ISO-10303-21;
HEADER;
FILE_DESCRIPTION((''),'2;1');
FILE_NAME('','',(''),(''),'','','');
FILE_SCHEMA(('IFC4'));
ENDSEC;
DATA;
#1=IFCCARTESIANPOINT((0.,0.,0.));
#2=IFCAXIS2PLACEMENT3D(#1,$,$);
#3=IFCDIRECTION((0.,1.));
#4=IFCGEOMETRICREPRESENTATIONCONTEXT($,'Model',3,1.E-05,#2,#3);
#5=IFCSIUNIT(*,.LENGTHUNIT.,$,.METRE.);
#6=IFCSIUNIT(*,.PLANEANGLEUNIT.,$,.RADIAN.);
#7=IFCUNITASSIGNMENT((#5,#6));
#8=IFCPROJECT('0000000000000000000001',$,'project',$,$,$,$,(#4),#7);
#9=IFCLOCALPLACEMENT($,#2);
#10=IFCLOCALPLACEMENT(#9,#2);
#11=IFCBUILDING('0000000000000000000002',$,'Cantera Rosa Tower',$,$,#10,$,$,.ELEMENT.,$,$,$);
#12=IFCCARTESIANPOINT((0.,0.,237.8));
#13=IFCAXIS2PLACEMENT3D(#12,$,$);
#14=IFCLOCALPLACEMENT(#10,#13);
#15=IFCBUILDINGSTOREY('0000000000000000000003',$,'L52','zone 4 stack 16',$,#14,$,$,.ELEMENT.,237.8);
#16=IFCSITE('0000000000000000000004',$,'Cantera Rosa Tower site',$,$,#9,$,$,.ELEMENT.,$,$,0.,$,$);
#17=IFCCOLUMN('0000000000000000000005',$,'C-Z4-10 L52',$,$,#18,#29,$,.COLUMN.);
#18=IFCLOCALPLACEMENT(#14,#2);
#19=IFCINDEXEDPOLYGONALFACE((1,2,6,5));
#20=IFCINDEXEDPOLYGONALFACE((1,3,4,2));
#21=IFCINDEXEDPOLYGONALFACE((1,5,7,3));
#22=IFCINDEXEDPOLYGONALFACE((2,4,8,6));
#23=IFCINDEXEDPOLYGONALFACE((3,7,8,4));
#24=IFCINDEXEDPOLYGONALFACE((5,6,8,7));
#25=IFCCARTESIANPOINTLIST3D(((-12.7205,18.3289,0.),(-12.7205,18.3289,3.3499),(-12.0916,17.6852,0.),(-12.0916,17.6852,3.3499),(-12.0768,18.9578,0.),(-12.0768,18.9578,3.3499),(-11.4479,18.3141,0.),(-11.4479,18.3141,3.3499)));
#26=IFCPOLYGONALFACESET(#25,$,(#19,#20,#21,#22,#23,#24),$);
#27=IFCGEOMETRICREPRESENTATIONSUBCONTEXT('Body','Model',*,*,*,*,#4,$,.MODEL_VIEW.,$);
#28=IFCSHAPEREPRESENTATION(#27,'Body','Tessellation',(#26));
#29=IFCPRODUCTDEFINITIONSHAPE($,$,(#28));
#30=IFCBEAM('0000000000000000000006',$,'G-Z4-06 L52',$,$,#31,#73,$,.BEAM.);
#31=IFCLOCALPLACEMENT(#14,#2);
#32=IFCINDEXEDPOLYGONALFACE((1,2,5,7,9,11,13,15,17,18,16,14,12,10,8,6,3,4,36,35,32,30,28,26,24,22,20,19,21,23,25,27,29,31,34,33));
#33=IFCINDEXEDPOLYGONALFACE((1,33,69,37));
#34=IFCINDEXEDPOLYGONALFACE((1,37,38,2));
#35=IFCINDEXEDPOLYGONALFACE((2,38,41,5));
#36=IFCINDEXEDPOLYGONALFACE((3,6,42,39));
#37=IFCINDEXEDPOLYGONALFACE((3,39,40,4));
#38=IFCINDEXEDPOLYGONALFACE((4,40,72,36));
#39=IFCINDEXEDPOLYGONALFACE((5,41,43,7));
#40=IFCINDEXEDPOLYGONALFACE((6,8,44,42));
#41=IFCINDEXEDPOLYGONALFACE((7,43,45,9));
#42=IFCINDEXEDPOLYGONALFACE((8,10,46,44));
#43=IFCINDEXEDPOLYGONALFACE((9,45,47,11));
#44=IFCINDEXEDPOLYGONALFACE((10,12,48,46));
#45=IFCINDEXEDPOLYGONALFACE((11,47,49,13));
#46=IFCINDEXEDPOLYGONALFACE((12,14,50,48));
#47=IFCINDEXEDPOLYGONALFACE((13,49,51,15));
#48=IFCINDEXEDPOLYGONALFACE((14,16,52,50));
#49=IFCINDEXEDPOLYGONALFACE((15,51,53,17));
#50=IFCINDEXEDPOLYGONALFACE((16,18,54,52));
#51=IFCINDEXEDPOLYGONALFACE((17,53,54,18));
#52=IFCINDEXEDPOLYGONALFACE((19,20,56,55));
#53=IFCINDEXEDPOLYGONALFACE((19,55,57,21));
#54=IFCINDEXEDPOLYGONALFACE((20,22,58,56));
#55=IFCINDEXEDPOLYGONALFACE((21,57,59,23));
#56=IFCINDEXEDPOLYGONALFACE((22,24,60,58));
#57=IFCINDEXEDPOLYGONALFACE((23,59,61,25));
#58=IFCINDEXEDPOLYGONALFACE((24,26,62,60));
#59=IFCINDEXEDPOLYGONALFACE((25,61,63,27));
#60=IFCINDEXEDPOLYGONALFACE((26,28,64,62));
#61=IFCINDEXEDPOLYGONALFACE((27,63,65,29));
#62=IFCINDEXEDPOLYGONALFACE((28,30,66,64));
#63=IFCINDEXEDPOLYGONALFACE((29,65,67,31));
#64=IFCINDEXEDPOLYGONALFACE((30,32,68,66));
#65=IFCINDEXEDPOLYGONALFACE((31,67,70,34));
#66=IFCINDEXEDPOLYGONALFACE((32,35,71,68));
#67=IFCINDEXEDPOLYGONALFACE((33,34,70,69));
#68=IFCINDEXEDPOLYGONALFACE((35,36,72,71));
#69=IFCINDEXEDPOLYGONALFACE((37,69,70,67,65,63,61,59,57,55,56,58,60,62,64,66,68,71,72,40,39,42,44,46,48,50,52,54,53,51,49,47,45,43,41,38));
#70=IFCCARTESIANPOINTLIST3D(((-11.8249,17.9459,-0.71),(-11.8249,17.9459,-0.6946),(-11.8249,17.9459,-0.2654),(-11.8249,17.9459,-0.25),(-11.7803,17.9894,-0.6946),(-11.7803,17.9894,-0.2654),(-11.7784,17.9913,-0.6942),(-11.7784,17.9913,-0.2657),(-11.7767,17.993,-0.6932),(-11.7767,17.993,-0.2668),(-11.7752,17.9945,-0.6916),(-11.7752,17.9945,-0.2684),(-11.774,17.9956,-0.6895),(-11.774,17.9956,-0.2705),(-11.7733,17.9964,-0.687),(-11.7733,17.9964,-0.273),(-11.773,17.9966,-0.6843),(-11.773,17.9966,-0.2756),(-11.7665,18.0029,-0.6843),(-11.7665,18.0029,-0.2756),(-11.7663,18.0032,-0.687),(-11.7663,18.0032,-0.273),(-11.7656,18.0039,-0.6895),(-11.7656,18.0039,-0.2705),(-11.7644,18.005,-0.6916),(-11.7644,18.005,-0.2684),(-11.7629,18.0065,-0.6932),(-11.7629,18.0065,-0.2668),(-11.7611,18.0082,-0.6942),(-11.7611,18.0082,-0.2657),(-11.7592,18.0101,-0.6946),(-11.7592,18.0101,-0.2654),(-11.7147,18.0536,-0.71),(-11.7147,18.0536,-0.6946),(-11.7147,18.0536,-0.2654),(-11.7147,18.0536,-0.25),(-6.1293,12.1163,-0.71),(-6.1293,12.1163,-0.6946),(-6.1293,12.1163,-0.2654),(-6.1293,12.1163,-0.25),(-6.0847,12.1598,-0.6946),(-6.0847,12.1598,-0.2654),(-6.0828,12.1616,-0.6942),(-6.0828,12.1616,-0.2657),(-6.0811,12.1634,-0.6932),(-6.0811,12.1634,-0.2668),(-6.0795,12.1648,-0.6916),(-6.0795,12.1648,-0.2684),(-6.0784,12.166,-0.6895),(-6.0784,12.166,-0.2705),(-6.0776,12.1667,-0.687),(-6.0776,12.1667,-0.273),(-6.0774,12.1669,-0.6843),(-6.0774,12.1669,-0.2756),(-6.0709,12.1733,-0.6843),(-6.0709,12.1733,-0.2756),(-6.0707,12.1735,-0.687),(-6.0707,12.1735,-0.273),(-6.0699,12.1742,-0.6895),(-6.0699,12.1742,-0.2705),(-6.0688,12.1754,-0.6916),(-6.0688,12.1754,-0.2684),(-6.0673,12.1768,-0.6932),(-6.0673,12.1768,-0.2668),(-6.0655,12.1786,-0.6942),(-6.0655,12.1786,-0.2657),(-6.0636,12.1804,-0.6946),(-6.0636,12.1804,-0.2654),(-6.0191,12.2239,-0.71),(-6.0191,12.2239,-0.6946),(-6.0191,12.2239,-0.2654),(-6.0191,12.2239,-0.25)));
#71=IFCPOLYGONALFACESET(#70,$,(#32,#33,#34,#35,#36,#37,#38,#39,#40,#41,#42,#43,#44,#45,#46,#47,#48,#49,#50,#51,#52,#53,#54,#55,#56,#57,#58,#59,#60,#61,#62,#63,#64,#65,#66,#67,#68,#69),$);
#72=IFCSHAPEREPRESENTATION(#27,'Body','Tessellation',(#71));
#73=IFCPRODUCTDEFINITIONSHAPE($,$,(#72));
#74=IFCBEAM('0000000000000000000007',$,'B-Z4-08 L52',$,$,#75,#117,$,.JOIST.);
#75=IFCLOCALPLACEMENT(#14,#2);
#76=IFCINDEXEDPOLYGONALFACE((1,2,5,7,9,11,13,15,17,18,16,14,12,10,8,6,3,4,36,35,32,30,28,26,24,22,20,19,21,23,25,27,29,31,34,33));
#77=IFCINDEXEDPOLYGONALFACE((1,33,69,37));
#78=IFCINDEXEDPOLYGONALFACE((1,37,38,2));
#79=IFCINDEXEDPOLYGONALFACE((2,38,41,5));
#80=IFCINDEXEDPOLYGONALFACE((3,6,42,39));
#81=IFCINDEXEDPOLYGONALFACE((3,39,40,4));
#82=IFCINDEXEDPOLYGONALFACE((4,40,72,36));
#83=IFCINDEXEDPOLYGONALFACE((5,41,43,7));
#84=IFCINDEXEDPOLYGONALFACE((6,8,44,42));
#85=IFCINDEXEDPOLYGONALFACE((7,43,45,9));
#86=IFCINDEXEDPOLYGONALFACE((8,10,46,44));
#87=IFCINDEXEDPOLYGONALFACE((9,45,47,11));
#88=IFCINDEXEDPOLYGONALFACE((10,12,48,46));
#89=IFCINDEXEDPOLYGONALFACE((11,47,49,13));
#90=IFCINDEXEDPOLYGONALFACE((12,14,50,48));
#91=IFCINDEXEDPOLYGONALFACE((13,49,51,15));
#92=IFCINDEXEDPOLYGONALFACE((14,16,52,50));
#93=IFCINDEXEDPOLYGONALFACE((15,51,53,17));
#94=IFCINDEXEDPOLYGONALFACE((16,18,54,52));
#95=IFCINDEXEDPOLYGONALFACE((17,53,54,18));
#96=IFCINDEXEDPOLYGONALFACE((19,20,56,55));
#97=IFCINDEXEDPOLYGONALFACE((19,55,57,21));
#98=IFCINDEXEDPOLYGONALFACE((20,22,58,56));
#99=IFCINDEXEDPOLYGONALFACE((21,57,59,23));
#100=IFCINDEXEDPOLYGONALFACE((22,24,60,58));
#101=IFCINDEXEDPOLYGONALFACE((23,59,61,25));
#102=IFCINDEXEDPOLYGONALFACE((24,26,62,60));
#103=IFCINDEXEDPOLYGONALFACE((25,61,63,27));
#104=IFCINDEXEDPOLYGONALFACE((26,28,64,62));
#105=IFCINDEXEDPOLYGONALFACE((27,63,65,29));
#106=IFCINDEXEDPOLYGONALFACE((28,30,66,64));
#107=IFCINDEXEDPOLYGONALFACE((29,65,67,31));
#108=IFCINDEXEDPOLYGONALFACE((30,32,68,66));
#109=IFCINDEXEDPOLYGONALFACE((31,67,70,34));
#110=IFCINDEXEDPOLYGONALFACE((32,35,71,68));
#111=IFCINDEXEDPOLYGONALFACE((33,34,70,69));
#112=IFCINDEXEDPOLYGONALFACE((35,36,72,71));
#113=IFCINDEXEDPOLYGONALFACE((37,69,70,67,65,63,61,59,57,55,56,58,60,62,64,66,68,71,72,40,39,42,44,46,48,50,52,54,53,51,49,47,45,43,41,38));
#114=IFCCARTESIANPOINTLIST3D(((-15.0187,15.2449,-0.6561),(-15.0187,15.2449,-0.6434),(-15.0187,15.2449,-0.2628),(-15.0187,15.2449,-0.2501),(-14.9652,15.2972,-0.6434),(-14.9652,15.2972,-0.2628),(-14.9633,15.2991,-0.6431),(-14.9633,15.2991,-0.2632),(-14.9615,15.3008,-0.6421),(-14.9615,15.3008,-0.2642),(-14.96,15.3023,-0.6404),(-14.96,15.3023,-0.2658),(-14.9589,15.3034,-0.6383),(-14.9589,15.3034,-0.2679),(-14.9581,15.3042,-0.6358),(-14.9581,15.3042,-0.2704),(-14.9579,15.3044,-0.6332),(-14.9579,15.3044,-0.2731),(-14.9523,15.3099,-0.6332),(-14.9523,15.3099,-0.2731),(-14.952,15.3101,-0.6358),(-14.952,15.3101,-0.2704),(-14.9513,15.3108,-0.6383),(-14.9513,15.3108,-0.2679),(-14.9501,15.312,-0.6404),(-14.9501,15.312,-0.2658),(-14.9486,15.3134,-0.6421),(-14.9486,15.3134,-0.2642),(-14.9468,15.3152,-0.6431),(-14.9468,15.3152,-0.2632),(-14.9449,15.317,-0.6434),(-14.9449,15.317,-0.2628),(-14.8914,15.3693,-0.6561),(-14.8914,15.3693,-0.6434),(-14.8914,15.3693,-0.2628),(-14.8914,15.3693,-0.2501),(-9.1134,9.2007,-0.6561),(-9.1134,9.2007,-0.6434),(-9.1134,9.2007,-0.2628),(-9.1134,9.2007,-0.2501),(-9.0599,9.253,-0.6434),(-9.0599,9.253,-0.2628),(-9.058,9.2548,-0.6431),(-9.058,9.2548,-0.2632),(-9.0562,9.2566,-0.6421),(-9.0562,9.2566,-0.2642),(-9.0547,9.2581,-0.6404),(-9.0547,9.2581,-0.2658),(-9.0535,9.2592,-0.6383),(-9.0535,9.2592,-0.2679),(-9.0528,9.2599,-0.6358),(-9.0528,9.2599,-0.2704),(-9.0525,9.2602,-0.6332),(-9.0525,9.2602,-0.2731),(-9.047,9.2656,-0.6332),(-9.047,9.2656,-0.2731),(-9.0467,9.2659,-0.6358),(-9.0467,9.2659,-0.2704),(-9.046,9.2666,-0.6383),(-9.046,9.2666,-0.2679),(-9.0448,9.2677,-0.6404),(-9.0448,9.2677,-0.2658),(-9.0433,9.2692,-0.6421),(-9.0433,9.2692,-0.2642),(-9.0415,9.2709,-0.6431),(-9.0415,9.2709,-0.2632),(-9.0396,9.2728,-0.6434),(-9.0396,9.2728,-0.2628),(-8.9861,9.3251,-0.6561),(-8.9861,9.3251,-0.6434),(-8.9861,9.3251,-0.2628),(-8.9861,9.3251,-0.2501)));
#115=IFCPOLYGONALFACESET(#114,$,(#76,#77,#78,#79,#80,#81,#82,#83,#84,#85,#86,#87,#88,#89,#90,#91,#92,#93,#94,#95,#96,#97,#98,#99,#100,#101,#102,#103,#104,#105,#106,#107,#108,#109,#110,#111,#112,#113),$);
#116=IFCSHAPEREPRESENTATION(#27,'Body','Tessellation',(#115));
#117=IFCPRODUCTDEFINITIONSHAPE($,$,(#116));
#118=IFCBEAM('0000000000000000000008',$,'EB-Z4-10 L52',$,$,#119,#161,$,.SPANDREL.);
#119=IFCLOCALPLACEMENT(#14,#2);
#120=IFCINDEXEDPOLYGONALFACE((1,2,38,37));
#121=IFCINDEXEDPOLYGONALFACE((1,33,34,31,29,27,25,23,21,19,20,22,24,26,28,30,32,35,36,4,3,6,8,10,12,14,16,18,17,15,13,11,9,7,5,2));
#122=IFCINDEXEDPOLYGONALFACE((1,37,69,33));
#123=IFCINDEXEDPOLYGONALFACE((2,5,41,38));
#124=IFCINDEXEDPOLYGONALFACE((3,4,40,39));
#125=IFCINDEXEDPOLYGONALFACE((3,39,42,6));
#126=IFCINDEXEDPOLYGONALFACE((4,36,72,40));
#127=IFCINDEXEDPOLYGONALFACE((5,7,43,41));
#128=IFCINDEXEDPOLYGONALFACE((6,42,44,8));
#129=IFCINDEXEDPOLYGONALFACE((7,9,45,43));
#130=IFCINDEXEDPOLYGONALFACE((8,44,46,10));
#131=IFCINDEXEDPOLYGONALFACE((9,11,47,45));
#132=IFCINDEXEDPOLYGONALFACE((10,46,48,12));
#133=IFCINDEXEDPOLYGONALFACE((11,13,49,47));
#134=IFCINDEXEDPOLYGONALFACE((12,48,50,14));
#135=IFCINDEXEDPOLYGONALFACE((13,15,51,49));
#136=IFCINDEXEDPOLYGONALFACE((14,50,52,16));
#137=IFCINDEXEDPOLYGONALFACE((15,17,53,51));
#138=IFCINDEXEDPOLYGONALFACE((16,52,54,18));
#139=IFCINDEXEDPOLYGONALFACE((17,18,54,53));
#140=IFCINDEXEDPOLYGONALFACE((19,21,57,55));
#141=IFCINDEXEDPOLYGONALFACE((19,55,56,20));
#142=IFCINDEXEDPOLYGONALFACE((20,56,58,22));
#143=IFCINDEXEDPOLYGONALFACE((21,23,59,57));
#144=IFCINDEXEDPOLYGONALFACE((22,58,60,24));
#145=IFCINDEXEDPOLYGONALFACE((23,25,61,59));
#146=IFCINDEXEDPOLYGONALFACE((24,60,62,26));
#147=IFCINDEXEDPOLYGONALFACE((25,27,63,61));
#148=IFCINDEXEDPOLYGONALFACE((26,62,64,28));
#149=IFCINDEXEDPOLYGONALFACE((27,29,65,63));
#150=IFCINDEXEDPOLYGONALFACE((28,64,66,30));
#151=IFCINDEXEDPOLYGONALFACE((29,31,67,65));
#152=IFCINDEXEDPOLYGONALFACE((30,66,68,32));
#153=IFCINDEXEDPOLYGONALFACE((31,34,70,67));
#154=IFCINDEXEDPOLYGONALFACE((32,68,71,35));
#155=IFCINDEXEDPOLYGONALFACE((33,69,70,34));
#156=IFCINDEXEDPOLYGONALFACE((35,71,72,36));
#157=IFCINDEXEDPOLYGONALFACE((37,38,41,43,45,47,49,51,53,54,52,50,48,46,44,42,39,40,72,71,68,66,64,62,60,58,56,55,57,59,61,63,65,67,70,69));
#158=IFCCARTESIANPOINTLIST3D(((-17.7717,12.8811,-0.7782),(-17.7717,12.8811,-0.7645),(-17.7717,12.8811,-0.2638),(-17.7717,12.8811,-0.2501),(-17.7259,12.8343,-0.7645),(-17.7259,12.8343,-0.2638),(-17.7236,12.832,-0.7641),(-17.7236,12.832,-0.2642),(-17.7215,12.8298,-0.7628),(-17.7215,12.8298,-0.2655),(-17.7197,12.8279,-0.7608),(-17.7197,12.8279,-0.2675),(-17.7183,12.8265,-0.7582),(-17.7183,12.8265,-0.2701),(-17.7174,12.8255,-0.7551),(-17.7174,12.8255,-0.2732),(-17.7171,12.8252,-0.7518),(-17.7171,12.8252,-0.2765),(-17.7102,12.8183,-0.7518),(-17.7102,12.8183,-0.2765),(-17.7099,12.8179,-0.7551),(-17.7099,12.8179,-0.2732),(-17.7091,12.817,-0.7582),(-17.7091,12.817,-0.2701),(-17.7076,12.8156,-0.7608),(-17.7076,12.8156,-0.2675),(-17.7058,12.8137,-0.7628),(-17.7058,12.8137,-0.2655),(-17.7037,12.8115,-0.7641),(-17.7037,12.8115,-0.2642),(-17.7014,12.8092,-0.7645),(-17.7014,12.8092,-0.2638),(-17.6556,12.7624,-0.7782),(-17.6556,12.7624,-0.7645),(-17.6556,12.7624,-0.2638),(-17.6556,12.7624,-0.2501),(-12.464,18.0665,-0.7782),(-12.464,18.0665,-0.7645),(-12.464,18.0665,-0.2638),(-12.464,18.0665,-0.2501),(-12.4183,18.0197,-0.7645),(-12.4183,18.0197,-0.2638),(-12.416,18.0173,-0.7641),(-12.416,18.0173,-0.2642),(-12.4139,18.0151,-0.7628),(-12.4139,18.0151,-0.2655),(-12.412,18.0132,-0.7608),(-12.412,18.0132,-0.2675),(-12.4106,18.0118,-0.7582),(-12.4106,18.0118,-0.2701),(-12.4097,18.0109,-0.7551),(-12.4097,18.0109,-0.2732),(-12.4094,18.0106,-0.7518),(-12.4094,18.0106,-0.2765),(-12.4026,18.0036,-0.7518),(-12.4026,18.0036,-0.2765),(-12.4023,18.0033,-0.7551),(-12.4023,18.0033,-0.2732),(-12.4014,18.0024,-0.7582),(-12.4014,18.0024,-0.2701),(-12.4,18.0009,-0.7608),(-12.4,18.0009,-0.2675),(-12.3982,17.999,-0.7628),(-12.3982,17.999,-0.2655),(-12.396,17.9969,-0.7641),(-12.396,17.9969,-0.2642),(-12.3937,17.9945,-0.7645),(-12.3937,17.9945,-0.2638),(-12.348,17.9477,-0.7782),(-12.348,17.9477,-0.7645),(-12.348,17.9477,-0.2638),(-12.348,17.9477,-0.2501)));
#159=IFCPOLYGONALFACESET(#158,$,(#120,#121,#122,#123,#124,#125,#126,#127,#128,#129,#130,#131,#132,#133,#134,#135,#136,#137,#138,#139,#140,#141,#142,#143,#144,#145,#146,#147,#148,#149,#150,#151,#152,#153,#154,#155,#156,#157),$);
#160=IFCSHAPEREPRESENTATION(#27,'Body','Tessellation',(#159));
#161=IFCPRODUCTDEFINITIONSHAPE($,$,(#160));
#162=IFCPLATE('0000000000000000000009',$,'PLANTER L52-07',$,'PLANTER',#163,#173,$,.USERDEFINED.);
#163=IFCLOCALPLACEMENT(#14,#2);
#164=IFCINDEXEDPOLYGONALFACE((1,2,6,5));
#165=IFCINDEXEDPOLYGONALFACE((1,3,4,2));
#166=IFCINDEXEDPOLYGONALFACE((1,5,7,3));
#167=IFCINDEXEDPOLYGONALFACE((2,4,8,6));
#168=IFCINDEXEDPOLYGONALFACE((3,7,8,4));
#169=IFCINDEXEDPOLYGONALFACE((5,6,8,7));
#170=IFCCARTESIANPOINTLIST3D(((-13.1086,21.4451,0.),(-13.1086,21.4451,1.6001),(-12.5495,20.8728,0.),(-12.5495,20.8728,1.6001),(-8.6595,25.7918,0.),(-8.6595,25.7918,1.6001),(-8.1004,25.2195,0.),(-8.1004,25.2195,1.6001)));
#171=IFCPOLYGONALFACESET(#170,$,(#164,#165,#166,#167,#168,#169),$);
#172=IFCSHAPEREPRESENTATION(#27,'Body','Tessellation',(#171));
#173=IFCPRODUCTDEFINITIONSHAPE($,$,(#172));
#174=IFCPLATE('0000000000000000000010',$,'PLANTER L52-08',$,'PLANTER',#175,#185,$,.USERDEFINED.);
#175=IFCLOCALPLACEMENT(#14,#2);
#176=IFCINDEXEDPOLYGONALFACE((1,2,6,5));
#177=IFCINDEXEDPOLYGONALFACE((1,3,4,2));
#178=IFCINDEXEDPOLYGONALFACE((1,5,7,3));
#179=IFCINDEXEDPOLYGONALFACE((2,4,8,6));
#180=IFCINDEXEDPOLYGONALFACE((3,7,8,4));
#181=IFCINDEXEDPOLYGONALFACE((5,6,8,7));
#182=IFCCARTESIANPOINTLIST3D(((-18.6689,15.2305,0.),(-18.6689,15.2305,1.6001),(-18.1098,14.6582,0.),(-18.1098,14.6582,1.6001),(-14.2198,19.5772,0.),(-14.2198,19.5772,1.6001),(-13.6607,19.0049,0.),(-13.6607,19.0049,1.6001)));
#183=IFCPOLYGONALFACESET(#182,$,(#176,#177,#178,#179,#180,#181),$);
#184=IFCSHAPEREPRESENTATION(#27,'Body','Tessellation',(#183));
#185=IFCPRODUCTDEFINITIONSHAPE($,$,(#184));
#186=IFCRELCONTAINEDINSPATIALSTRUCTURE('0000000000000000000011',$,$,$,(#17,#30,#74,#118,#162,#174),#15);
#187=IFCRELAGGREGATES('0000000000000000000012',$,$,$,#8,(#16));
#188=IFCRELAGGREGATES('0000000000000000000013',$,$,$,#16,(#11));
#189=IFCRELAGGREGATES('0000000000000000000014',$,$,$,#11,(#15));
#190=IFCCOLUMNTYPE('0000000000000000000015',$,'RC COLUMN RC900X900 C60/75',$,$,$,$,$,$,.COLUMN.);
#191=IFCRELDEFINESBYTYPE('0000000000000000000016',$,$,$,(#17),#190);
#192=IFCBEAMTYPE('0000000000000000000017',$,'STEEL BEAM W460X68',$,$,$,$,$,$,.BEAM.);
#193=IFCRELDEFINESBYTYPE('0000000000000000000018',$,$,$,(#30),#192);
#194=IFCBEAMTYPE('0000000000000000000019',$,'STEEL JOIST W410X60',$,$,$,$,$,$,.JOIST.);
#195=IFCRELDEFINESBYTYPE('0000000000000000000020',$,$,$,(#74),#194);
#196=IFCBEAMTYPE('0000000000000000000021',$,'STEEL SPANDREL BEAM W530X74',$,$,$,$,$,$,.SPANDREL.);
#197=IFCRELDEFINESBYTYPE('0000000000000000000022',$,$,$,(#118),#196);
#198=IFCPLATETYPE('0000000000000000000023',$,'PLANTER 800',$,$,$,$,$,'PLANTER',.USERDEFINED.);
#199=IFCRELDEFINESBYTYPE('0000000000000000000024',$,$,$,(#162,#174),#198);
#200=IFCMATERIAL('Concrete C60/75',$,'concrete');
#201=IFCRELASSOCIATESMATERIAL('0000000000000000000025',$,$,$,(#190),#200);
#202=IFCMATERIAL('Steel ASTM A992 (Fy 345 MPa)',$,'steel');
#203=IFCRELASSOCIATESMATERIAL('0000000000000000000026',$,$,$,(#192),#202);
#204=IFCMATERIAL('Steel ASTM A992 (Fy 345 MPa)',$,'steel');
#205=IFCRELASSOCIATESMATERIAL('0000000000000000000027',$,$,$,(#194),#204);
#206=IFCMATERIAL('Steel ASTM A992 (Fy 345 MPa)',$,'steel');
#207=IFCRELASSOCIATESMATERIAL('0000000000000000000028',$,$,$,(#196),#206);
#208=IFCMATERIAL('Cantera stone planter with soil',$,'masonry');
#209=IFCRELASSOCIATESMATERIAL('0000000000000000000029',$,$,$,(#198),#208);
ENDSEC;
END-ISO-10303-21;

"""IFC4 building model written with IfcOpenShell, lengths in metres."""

from ifc_helpers import new_model, si_unit, direction, frame, origin, origin_2d, place, context, subcontext, project, spatial, rectangle, i_section, extrude, material, material_profile, profile_set, type_object, element, save


model = new_model("IFC4")

# Units and contexts
model_context = context("Model", 3, precision=1e-05, world=origin(), true_north=direction((0.0, 1.0)))
body_context = subcontext(model_context, "Body", "Model", "MODEL_VIEW")
ifc_project = project(units=[si_unit("LENGTHUNIT", "METRE"), si_unit("PLANEANGLEUNIT", "RADIAN")], contexts=[model_context])

# Site, building, storey
site_placement = place(None, origin())
site = spatial("IfcSite", under=ifc_project, at=site_placement, Name="Cantera Rosa Tower site", CompositionType="ELEMENT", RefElevation=0.0)
building_placement = place(site_placement, origin())
building = spatial("IfcBuilding", under=site, at=building_placement, Name="Cantera Rosa Tower", CompositionType="ELEMENT")
storey_placement = place(building_placement, frame((0.0, 0.0, 237.8)))
storey = spatial("IfcBuildingStorey", under=building, at=storey_placement, Name="L52", Description="zone 4 stack 16", CompositionType="ELEMENT", Elevation=237.8)

# Column
ifc_material_1 = material(Name="Concrete C60/75", Category="concrete")
ifc_material_profile_1 = material_profile(ifc_material_1, rectangle(XDim=0.8999, YDim=0.8999, at=origin_2d()), Name="RC COLUMN RC900X900 C60/75")
ifc_profile_set_1 = profile_set([ifc_material_profile_1], Name="Concrete C60/75")
column_type = type_object("IfcColumnType", Name="RC COLUMN RC900X900 C60/75", PredefinedType="COLUMN", material=ifc_profile_set_1)
column_placement = place(storey_placement, frame((-12.0842, 18.3215, 0.0), z_axis=(0.0, 0.0, 1.0), x_axis=(0.715286, 0.698832, 0.0)))
element("IfcColumn", 1, at=column_placement, inside=storey, type_object=column_type, Name="C-Z4-10 L52", PredefinedType="COLUMN", context=body_context, shape_type="SweptSolid", body=[
    extrude(rectangle(XDim=0.8999, YDim=0.8999, at=origin_2d()), origin(), (0.0, 0.0, 1.0), 3.3499),
])

# Beams
ifc_material_2 = material(Name="Steel ASTM A992 (Fy 345 MPa)", Category="steel")
ifc_material_profile_2 = material_profile(ifc_material_2, i_section(OverallWidth=0.1541, OverallDepth=0.46, WebThickness=0.009, FlangeThickness=0.0154, FilletRadius=0.0103, at=origin_2d()), Name="W460X68")
ifc_profile_set_2 = profile_set([ifc_material_profile_2], Name="Steel ASTM A992 (Fy 345 MPa)")
beam_type_1 = type_object("IfcBeamType", Name="STEEL BEAM W460X68", PredefinedType="BEAM", material=ifc_profile_set_2)
beam_1_placement = place(storey_placement, frame((-11.7698, 17.9998, -0.48), z_axis=(0.698836, -0.715282, 0.0), x_axis=(0.715282, 0.698836, 0.0)))
element("IfcBeam", 2, at=beam_1_placement, inside=storey, type_object=beam_type_1, Name="G-Z4-06 L52", PredefinedType="BEAM", context=body_context, shape_type="SweptSolid", body=[
    extrude(i_section(OverallWidth=0.1541, OverallDepth=0.46, WebThickness=0.009, FlangeThickness=0.0154, FilletRadius=0.0103, at=origin_2d()), origin(), (0.0, 0.0, 1.0), 8.1501),
])
ifc_material_3 = material(Name="Steel ASTM A992 (Fy 345 MPa)", Category="steel")
ifc_material_profile_3 = material_profile(ifc_material_3, i_section(OverallWidth=0.178, OverallDepth=0.406, WebThickness=0.0078, FlangeThickness=0.0127, FilletRadius=0.0103, at=origin_2d()), Name="W410X60")
ifc_profile_set_3 = profile_set([ifc_material_profile_3], Name="Steel ASTM A992 (Fy 345 MPa)")
beam_type_2 = type_object("IfcBeamType", Name="STEEL JOIST W410X60", PredefinedType="JOIST", material=ifc_profile_set_3)
beam_2_placement = place(storey_placement, frame((-14.9551, 15.3071, -0.4531), z_axis=(0.698839, -0.715279, 0.0), x_axis=(0.715279, 0.698839, 0.0)))
element("IfcBeam", 3, at=beam_2_placement, inside=storey, type_object=beam_type_2, Name="B-Z4-08 L52", PredefinedType="JOIST", context=body_context, shape_type="SweptSolid", body=[
    extrude(i_section(OverallWidth=0.178, OverallDepth=0.406, WebThickness=0.0078, FlangeThickness=0.0127, FilletRadius=0.0103, at=origin_2d()), origin(), (0.0, 0.0, 1.0), 8.4502),
])
ifc_material_4 = material(Name="Steel ASTM A992 (Fy 345 MPa)", Category="steel")
ifc_material_profile_4 = material_profile(ifc_material_4, i_section(OverallWidth=0.166, OverallDepth=0.5281, WebThickness=0.0098, FlangeThickness=0.0137, FilletRadius=0.0127, at=origin_2d()), Name="W530X74")
ifc_profile_set_4 = profile_set([ifc_material_profile_4], Name="Steel ASTM A992 (Fy 345 MPa)")
beam_type_3 = type_object("IfcBeamType", Name="STEEL SPANDREL BEAM W530X74", PredefinedType="SPANDREL", material=ifc_profile_set_4)
beam_3_placement = place(storey_placement, frame((-12.406, 18.0071, -0.5142), z_axis=(-0.715301, -0.698817, 0.0), x_axis=(0.698817, -0.715301, 0.0)))
element("IfcBeam", 4, at=beam_3_placement, inside=storey, type_object=beam_type_3, Name="EB-Z4-10 L52", PredefinedType="SPANDREL", context=body_context, shape_type="SweptSolid", body=[
    extrude(i_section(OverallWidth=0.166, OverallDepth=0.5281, WebThickness=0.0098, FlangeThickness=0.0137, FilletRadius=0.0127, at=origin_2d()), origin(), (0.0, 0.0, 1.0), 7.4202),
])

# Plates
ifc_material_5 = material(Name="Cantera stone planter with soil", Category="masonry")
plate_type = type_object("IfcPlateType", Name="PLANTER 800", ElementType="PLANTER", PredefinedType="USERDEFINED", material=ifc_material_5)
for number, where, z_axis, x_axis, name in (
    (5, (-10.6045, 23.3323, 0.0), (0.0, 0.0, 1.0), (-0.715286, -0.698832, 0.0), "PLANTER L52-07"),
    (6, (-16.1648, 17.1177, 0.0), (0.0, 0.0, 1.0), (-0.715286, -0.698832, 0.0), "PLANTER L52-08"),
):
    element("IfcPlate", number, at=place(storey_placement, frame(where, z_axis=z_axis, x_axis=x_axis)), inside=storey, type_object=plate_type, Name=name, ObjectType="PLANTER", PredefinedType="USERDEFINED", context=body_context, shape_type="SweptSolid", body=[
        extrude(rectangle(XDim=6.22, YDim=0.8, at=origin_2d()), origin(), (0.0, 0.0, 1.0), 1.6001),
    ])

save(model, "model.ifc")
